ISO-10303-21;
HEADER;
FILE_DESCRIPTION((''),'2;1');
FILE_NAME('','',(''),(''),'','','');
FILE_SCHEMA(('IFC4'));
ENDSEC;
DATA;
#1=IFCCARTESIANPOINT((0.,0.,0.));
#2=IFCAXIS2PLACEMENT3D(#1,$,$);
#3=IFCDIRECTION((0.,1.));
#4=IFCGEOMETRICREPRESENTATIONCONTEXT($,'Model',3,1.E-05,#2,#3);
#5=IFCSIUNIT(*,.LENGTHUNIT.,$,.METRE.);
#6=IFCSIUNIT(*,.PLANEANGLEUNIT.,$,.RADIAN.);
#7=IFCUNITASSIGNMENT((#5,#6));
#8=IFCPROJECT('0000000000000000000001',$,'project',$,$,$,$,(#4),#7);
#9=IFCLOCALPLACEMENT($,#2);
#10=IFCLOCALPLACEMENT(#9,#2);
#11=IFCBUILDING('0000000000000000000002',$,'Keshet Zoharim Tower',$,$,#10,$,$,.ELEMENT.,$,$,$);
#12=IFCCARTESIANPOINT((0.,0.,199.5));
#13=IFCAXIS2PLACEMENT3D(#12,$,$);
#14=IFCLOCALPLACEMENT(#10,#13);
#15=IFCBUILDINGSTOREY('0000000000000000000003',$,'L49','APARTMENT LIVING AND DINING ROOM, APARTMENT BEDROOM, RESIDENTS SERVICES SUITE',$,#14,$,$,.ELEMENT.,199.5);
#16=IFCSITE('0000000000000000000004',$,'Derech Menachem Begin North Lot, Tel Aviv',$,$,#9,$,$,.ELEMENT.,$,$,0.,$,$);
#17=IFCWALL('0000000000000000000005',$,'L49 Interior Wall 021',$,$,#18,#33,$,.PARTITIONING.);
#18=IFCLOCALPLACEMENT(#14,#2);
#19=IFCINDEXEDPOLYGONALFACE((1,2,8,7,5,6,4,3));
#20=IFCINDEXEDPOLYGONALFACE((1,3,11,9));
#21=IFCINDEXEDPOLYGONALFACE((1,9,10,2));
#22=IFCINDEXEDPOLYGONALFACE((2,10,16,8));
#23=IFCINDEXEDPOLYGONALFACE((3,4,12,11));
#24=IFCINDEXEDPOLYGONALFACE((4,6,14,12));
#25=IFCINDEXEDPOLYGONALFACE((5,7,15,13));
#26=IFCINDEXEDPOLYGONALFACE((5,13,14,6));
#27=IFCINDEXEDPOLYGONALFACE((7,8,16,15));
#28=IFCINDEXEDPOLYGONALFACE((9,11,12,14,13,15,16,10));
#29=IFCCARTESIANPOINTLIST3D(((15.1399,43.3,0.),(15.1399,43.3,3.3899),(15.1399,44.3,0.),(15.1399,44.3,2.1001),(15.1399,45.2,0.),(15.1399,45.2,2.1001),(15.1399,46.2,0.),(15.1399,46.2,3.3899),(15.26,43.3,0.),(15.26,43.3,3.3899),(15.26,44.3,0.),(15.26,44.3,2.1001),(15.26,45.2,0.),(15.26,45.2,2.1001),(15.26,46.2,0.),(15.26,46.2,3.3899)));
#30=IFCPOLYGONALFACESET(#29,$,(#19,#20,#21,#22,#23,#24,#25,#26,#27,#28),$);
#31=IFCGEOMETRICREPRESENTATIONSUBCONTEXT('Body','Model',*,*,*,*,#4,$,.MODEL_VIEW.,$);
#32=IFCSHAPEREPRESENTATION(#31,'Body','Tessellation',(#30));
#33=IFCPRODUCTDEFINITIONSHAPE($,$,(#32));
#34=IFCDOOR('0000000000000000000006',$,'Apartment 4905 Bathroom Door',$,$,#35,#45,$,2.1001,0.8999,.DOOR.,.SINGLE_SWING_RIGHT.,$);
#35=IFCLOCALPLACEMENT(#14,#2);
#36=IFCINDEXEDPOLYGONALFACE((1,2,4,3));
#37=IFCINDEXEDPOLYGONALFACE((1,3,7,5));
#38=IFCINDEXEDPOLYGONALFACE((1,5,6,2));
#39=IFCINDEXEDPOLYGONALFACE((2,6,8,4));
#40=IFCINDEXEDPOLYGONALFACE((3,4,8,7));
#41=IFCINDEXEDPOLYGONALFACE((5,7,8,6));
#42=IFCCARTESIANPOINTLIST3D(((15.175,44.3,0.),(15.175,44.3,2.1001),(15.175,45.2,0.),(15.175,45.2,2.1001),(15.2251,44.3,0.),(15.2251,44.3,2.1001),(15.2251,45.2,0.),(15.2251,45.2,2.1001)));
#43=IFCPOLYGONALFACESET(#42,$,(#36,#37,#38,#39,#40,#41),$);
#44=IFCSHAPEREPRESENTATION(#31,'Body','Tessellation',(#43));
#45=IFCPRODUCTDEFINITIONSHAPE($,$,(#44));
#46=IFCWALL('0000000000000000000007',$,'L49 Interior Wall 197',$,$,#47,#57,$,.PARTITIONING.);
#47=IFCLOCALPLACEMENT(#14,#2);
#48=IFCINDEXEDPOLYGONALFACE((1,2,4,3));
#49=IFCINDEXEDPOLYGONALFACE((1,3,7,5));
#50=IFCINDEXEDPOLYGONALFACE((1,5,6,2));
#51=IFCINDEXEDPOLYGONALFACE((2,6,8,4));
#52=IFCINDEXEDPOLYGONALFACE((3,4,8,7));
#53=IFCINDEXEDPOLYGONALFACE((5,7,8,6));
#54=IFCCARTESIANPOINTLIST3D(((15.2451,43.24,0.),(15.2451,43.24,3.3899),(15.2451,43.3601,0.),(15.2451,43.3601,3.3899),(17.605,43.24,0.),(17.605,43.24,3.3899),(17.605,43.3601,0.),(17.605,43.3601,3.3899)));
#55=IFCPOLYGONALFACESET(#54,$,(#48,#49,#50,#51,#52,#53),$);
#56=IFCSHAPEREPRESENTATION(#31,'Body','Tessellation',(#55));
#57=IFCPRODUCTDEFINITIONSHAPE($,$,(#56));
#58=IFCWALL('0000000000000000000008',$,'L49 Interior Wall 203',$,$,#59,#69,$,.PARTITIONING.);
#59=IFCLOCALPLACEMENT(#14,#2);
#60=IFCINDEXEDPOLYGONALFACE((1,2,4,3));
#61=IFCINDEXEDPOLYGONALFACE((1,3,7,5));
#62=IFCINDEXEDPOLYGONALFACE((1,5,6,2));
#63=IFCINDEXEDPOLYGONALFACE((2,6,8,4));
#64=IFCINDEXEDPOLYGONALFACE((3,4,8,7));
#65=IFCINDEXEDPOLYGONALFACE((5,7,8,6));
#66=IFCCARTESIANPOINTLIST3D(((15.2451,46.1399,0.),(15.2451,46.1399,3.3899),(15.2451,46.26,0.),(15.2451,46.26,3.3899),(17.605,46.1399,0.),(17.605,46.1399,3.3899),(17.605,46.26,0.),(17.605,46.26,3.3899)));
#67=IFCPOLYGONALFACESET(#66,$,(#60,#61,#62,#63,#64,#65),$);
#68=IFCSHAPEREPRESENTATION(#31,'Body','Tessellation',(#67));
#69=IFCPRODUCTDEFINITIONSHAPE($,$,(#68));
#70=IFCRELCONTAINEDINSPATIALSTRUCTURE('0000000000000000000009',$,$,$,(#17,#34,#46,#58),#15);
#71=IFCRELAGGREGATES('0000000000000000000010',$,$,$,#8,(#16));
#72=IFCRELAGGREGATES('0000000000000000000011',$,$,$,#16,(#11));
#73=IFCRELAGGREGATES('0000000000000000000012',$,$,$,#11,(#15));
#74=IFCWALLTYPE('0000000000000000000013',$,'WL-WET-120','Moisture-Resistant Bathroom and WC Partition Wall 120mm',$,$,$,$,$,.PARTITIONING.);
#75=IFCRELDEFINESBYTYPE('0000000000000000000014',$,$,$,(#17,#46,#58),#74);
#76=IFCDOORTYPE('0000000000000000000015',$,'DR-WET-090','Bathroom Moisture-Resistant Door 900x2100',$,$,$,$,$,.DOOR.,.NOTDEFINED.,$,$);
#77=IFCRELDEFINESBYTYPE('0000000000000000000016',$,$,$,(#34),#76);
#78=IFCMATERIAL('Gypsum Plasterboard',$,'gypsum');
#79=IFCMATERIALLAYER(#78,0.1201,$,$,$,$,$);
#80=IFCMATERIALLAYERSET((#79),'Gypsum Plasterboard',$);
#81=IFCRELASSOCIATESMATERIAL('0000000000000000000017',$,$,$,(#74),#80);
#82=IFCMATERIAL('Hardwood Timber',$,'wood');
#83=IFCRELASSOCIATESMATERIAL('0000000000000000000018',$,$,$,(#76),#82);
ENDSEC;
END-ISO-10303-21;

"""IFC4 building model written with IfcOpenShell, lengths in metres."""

from ifc_helpers import new_model, si_unit, direction, frame, frame_2d, origin, place, context, subcontext, project, spatial, rectangle, extrude, material, layer, layer_set, type_object, element, fill, save


model = new_model("IFC4")

# Units and contexts
model_context = context("Model", 3, precision=1e-05, world=origin(), true_north=direction((0.0, 1.0)))
body_context = subcontext(model_context, "Body", "Model", "MODEL_VIEW")
ifc_project = project(units=[si_unit("LENGTHUNIT", "METRE"), si_unit("PLANEANGLEUNIT", "RADIAN")], contexts=[model_context])

# Site, building, storey
site_placement = place(None, origin())
site = spatial("IfcSite", under=ifc_project, at=site_placement, Name="Derech Menachem Begin North Lot, Tel Aviv", CompositionType="ELEMENT", RefElevation=0.0)
building_placement = place(site_placement, origin())
building = spatial("IfcBuilding", under=site, at=building_placement, Name="Keshet Zoharim Tower", CompositionType="ELEMENT")
storey_placement = place(building_placement, frame((0.0, 0.0, 199.5)))
storey = spatial("IfcBuildingStorey", under=building, at=storey_placement, Name="L49", Description="APARTMENT LIVING AND DINING ROOM, APARTMENT BEDROOM, RESIDENTS SERVICES SUITE", CompositionType="ELEMENT", Elevation=199.5)

# Shared definitions
ifc_material_1 = material(Name="Gypsum Plasterboard", Category="gypsum")

# Shared definitions
ifc_material_2 = material(Name="Hardwood Timber", Category="wood")

# Wall, opening, door
ifc_layer_1 = layer(ifc_material_1, 0.1201)
ifc_layer_set_1 = layer_set([ifc_layer_1], Name="Gypsum Plasterboard")
wall_type_1 = type_object("IfcWallType", Name="WL-WET-120", Description="Moisture-Resistant Bathroom and WC Partition Wall 120mm", PredefinedType="PARTITIONING", material=ifc_layer_set_1)
wall_1_placement = place(storey_placement, frame((15.2, 43.3, 0.0), z_axis=(0.0, 0.0, 1.0), x_axis=(0.0, 1.0, 0.0)))
wall_1 = element("IfcWall", 1, at=wall_1_placement, inside=storey, type_object=wall_type_1, Name="L49 Interior Wall 021", PredefinedType="PARTITIONING", context=body_context, shape_type="SweptSolid", body=[
    extrude(rectangle(XDim=2.8999, YDim=0.1201, at=frame_2d((1.45, 0.0))), origin(), (0.0, 0.0, 1.0), 3.3899),
])
opening_1_placement = place(wall_1_placement, frame((1.0, 0.0, 0.0)))
opening_1 = element("IfcOpeningElement", 2, at=opening_1_placement, cuts=wall_1, PredefinedType="OPENING", context=body_context, shape_type="SweptSolid", body=[
    extrude(rectangle(XDim=0.8999, YDim=2.1001, at=frame_2d((0.45, 1.05))), frame((0.0, 0.0701, 0.0), z_axis=(0.0, -1.0, 0.0), x_axis=(1.0, 0.0, 0.0)), (0.0, 0.0, 1.0), 0.1401),
])
door_type_1 = type_object("IfcDoorType", Name="DR-WET-090", Description="Bathroom Moisture-Resistant Door 900x2100", OperationType="NOTDEFINED", PredefinedType="DOOR", material=ifc_material_2)
door_1_placement = place(opening_1_placement, origin())
door_1 = element("IfcDoor", 3, at=door_1_placement, inside=storey, type_object=door_type_1, Name="Apartment 4905 Bathroom Door", OperationType="SINGLE_SWING_RIGHT", OverallHeight=2.1001, OverallWidth=0.8999, PredefinedType="DOOR", context=body_context, shape_type="SweptSolid", body=[
    extrude(rectangle(XDim=0.8999, YDim=2.1001, at=frame_2d((0.45, 1.05))), frame((0.0, 0.0249, 0.0), z_axis=(0.0, -1.0, 0.0), x_axis=(1.0, 0.0, 0.0)), (0.0, 0.0, 1.0), 0.05),
])
fill(opening_1, door_1)

# Walls
for number, where, z_axis, x_axis, name in (
    (4, (15.2451, 43.3, 0.0), (0.0, 0.0, 1.0), (1.0, 0.0, 0.0), "L49 Interior Wall 197"),
    (5, (15.2451, 46.2, 0.0), (0.0, 0.0, 1.0), (1.0, 0.0, 0.0), "L49 Interior Wall 203"),
):
    element("IfcWall", number, at=place(storey_placement, frame(where, z_axis=z_axis, x_axis=x_axis)), inside=storey, type_object=wall_type_1, Name=name, PredefinedType="PARTITIONING", context=body_context, shape_type="SweptSolid", body=[
        extrude(rectangle(XDim=2.3599, YDim=0.1201, at=frame_2d((1.1799, 0.0))), origin(), (0.0, 0.0, 1.0), 3.3899),
    ])

save(model, "model.ifc")
